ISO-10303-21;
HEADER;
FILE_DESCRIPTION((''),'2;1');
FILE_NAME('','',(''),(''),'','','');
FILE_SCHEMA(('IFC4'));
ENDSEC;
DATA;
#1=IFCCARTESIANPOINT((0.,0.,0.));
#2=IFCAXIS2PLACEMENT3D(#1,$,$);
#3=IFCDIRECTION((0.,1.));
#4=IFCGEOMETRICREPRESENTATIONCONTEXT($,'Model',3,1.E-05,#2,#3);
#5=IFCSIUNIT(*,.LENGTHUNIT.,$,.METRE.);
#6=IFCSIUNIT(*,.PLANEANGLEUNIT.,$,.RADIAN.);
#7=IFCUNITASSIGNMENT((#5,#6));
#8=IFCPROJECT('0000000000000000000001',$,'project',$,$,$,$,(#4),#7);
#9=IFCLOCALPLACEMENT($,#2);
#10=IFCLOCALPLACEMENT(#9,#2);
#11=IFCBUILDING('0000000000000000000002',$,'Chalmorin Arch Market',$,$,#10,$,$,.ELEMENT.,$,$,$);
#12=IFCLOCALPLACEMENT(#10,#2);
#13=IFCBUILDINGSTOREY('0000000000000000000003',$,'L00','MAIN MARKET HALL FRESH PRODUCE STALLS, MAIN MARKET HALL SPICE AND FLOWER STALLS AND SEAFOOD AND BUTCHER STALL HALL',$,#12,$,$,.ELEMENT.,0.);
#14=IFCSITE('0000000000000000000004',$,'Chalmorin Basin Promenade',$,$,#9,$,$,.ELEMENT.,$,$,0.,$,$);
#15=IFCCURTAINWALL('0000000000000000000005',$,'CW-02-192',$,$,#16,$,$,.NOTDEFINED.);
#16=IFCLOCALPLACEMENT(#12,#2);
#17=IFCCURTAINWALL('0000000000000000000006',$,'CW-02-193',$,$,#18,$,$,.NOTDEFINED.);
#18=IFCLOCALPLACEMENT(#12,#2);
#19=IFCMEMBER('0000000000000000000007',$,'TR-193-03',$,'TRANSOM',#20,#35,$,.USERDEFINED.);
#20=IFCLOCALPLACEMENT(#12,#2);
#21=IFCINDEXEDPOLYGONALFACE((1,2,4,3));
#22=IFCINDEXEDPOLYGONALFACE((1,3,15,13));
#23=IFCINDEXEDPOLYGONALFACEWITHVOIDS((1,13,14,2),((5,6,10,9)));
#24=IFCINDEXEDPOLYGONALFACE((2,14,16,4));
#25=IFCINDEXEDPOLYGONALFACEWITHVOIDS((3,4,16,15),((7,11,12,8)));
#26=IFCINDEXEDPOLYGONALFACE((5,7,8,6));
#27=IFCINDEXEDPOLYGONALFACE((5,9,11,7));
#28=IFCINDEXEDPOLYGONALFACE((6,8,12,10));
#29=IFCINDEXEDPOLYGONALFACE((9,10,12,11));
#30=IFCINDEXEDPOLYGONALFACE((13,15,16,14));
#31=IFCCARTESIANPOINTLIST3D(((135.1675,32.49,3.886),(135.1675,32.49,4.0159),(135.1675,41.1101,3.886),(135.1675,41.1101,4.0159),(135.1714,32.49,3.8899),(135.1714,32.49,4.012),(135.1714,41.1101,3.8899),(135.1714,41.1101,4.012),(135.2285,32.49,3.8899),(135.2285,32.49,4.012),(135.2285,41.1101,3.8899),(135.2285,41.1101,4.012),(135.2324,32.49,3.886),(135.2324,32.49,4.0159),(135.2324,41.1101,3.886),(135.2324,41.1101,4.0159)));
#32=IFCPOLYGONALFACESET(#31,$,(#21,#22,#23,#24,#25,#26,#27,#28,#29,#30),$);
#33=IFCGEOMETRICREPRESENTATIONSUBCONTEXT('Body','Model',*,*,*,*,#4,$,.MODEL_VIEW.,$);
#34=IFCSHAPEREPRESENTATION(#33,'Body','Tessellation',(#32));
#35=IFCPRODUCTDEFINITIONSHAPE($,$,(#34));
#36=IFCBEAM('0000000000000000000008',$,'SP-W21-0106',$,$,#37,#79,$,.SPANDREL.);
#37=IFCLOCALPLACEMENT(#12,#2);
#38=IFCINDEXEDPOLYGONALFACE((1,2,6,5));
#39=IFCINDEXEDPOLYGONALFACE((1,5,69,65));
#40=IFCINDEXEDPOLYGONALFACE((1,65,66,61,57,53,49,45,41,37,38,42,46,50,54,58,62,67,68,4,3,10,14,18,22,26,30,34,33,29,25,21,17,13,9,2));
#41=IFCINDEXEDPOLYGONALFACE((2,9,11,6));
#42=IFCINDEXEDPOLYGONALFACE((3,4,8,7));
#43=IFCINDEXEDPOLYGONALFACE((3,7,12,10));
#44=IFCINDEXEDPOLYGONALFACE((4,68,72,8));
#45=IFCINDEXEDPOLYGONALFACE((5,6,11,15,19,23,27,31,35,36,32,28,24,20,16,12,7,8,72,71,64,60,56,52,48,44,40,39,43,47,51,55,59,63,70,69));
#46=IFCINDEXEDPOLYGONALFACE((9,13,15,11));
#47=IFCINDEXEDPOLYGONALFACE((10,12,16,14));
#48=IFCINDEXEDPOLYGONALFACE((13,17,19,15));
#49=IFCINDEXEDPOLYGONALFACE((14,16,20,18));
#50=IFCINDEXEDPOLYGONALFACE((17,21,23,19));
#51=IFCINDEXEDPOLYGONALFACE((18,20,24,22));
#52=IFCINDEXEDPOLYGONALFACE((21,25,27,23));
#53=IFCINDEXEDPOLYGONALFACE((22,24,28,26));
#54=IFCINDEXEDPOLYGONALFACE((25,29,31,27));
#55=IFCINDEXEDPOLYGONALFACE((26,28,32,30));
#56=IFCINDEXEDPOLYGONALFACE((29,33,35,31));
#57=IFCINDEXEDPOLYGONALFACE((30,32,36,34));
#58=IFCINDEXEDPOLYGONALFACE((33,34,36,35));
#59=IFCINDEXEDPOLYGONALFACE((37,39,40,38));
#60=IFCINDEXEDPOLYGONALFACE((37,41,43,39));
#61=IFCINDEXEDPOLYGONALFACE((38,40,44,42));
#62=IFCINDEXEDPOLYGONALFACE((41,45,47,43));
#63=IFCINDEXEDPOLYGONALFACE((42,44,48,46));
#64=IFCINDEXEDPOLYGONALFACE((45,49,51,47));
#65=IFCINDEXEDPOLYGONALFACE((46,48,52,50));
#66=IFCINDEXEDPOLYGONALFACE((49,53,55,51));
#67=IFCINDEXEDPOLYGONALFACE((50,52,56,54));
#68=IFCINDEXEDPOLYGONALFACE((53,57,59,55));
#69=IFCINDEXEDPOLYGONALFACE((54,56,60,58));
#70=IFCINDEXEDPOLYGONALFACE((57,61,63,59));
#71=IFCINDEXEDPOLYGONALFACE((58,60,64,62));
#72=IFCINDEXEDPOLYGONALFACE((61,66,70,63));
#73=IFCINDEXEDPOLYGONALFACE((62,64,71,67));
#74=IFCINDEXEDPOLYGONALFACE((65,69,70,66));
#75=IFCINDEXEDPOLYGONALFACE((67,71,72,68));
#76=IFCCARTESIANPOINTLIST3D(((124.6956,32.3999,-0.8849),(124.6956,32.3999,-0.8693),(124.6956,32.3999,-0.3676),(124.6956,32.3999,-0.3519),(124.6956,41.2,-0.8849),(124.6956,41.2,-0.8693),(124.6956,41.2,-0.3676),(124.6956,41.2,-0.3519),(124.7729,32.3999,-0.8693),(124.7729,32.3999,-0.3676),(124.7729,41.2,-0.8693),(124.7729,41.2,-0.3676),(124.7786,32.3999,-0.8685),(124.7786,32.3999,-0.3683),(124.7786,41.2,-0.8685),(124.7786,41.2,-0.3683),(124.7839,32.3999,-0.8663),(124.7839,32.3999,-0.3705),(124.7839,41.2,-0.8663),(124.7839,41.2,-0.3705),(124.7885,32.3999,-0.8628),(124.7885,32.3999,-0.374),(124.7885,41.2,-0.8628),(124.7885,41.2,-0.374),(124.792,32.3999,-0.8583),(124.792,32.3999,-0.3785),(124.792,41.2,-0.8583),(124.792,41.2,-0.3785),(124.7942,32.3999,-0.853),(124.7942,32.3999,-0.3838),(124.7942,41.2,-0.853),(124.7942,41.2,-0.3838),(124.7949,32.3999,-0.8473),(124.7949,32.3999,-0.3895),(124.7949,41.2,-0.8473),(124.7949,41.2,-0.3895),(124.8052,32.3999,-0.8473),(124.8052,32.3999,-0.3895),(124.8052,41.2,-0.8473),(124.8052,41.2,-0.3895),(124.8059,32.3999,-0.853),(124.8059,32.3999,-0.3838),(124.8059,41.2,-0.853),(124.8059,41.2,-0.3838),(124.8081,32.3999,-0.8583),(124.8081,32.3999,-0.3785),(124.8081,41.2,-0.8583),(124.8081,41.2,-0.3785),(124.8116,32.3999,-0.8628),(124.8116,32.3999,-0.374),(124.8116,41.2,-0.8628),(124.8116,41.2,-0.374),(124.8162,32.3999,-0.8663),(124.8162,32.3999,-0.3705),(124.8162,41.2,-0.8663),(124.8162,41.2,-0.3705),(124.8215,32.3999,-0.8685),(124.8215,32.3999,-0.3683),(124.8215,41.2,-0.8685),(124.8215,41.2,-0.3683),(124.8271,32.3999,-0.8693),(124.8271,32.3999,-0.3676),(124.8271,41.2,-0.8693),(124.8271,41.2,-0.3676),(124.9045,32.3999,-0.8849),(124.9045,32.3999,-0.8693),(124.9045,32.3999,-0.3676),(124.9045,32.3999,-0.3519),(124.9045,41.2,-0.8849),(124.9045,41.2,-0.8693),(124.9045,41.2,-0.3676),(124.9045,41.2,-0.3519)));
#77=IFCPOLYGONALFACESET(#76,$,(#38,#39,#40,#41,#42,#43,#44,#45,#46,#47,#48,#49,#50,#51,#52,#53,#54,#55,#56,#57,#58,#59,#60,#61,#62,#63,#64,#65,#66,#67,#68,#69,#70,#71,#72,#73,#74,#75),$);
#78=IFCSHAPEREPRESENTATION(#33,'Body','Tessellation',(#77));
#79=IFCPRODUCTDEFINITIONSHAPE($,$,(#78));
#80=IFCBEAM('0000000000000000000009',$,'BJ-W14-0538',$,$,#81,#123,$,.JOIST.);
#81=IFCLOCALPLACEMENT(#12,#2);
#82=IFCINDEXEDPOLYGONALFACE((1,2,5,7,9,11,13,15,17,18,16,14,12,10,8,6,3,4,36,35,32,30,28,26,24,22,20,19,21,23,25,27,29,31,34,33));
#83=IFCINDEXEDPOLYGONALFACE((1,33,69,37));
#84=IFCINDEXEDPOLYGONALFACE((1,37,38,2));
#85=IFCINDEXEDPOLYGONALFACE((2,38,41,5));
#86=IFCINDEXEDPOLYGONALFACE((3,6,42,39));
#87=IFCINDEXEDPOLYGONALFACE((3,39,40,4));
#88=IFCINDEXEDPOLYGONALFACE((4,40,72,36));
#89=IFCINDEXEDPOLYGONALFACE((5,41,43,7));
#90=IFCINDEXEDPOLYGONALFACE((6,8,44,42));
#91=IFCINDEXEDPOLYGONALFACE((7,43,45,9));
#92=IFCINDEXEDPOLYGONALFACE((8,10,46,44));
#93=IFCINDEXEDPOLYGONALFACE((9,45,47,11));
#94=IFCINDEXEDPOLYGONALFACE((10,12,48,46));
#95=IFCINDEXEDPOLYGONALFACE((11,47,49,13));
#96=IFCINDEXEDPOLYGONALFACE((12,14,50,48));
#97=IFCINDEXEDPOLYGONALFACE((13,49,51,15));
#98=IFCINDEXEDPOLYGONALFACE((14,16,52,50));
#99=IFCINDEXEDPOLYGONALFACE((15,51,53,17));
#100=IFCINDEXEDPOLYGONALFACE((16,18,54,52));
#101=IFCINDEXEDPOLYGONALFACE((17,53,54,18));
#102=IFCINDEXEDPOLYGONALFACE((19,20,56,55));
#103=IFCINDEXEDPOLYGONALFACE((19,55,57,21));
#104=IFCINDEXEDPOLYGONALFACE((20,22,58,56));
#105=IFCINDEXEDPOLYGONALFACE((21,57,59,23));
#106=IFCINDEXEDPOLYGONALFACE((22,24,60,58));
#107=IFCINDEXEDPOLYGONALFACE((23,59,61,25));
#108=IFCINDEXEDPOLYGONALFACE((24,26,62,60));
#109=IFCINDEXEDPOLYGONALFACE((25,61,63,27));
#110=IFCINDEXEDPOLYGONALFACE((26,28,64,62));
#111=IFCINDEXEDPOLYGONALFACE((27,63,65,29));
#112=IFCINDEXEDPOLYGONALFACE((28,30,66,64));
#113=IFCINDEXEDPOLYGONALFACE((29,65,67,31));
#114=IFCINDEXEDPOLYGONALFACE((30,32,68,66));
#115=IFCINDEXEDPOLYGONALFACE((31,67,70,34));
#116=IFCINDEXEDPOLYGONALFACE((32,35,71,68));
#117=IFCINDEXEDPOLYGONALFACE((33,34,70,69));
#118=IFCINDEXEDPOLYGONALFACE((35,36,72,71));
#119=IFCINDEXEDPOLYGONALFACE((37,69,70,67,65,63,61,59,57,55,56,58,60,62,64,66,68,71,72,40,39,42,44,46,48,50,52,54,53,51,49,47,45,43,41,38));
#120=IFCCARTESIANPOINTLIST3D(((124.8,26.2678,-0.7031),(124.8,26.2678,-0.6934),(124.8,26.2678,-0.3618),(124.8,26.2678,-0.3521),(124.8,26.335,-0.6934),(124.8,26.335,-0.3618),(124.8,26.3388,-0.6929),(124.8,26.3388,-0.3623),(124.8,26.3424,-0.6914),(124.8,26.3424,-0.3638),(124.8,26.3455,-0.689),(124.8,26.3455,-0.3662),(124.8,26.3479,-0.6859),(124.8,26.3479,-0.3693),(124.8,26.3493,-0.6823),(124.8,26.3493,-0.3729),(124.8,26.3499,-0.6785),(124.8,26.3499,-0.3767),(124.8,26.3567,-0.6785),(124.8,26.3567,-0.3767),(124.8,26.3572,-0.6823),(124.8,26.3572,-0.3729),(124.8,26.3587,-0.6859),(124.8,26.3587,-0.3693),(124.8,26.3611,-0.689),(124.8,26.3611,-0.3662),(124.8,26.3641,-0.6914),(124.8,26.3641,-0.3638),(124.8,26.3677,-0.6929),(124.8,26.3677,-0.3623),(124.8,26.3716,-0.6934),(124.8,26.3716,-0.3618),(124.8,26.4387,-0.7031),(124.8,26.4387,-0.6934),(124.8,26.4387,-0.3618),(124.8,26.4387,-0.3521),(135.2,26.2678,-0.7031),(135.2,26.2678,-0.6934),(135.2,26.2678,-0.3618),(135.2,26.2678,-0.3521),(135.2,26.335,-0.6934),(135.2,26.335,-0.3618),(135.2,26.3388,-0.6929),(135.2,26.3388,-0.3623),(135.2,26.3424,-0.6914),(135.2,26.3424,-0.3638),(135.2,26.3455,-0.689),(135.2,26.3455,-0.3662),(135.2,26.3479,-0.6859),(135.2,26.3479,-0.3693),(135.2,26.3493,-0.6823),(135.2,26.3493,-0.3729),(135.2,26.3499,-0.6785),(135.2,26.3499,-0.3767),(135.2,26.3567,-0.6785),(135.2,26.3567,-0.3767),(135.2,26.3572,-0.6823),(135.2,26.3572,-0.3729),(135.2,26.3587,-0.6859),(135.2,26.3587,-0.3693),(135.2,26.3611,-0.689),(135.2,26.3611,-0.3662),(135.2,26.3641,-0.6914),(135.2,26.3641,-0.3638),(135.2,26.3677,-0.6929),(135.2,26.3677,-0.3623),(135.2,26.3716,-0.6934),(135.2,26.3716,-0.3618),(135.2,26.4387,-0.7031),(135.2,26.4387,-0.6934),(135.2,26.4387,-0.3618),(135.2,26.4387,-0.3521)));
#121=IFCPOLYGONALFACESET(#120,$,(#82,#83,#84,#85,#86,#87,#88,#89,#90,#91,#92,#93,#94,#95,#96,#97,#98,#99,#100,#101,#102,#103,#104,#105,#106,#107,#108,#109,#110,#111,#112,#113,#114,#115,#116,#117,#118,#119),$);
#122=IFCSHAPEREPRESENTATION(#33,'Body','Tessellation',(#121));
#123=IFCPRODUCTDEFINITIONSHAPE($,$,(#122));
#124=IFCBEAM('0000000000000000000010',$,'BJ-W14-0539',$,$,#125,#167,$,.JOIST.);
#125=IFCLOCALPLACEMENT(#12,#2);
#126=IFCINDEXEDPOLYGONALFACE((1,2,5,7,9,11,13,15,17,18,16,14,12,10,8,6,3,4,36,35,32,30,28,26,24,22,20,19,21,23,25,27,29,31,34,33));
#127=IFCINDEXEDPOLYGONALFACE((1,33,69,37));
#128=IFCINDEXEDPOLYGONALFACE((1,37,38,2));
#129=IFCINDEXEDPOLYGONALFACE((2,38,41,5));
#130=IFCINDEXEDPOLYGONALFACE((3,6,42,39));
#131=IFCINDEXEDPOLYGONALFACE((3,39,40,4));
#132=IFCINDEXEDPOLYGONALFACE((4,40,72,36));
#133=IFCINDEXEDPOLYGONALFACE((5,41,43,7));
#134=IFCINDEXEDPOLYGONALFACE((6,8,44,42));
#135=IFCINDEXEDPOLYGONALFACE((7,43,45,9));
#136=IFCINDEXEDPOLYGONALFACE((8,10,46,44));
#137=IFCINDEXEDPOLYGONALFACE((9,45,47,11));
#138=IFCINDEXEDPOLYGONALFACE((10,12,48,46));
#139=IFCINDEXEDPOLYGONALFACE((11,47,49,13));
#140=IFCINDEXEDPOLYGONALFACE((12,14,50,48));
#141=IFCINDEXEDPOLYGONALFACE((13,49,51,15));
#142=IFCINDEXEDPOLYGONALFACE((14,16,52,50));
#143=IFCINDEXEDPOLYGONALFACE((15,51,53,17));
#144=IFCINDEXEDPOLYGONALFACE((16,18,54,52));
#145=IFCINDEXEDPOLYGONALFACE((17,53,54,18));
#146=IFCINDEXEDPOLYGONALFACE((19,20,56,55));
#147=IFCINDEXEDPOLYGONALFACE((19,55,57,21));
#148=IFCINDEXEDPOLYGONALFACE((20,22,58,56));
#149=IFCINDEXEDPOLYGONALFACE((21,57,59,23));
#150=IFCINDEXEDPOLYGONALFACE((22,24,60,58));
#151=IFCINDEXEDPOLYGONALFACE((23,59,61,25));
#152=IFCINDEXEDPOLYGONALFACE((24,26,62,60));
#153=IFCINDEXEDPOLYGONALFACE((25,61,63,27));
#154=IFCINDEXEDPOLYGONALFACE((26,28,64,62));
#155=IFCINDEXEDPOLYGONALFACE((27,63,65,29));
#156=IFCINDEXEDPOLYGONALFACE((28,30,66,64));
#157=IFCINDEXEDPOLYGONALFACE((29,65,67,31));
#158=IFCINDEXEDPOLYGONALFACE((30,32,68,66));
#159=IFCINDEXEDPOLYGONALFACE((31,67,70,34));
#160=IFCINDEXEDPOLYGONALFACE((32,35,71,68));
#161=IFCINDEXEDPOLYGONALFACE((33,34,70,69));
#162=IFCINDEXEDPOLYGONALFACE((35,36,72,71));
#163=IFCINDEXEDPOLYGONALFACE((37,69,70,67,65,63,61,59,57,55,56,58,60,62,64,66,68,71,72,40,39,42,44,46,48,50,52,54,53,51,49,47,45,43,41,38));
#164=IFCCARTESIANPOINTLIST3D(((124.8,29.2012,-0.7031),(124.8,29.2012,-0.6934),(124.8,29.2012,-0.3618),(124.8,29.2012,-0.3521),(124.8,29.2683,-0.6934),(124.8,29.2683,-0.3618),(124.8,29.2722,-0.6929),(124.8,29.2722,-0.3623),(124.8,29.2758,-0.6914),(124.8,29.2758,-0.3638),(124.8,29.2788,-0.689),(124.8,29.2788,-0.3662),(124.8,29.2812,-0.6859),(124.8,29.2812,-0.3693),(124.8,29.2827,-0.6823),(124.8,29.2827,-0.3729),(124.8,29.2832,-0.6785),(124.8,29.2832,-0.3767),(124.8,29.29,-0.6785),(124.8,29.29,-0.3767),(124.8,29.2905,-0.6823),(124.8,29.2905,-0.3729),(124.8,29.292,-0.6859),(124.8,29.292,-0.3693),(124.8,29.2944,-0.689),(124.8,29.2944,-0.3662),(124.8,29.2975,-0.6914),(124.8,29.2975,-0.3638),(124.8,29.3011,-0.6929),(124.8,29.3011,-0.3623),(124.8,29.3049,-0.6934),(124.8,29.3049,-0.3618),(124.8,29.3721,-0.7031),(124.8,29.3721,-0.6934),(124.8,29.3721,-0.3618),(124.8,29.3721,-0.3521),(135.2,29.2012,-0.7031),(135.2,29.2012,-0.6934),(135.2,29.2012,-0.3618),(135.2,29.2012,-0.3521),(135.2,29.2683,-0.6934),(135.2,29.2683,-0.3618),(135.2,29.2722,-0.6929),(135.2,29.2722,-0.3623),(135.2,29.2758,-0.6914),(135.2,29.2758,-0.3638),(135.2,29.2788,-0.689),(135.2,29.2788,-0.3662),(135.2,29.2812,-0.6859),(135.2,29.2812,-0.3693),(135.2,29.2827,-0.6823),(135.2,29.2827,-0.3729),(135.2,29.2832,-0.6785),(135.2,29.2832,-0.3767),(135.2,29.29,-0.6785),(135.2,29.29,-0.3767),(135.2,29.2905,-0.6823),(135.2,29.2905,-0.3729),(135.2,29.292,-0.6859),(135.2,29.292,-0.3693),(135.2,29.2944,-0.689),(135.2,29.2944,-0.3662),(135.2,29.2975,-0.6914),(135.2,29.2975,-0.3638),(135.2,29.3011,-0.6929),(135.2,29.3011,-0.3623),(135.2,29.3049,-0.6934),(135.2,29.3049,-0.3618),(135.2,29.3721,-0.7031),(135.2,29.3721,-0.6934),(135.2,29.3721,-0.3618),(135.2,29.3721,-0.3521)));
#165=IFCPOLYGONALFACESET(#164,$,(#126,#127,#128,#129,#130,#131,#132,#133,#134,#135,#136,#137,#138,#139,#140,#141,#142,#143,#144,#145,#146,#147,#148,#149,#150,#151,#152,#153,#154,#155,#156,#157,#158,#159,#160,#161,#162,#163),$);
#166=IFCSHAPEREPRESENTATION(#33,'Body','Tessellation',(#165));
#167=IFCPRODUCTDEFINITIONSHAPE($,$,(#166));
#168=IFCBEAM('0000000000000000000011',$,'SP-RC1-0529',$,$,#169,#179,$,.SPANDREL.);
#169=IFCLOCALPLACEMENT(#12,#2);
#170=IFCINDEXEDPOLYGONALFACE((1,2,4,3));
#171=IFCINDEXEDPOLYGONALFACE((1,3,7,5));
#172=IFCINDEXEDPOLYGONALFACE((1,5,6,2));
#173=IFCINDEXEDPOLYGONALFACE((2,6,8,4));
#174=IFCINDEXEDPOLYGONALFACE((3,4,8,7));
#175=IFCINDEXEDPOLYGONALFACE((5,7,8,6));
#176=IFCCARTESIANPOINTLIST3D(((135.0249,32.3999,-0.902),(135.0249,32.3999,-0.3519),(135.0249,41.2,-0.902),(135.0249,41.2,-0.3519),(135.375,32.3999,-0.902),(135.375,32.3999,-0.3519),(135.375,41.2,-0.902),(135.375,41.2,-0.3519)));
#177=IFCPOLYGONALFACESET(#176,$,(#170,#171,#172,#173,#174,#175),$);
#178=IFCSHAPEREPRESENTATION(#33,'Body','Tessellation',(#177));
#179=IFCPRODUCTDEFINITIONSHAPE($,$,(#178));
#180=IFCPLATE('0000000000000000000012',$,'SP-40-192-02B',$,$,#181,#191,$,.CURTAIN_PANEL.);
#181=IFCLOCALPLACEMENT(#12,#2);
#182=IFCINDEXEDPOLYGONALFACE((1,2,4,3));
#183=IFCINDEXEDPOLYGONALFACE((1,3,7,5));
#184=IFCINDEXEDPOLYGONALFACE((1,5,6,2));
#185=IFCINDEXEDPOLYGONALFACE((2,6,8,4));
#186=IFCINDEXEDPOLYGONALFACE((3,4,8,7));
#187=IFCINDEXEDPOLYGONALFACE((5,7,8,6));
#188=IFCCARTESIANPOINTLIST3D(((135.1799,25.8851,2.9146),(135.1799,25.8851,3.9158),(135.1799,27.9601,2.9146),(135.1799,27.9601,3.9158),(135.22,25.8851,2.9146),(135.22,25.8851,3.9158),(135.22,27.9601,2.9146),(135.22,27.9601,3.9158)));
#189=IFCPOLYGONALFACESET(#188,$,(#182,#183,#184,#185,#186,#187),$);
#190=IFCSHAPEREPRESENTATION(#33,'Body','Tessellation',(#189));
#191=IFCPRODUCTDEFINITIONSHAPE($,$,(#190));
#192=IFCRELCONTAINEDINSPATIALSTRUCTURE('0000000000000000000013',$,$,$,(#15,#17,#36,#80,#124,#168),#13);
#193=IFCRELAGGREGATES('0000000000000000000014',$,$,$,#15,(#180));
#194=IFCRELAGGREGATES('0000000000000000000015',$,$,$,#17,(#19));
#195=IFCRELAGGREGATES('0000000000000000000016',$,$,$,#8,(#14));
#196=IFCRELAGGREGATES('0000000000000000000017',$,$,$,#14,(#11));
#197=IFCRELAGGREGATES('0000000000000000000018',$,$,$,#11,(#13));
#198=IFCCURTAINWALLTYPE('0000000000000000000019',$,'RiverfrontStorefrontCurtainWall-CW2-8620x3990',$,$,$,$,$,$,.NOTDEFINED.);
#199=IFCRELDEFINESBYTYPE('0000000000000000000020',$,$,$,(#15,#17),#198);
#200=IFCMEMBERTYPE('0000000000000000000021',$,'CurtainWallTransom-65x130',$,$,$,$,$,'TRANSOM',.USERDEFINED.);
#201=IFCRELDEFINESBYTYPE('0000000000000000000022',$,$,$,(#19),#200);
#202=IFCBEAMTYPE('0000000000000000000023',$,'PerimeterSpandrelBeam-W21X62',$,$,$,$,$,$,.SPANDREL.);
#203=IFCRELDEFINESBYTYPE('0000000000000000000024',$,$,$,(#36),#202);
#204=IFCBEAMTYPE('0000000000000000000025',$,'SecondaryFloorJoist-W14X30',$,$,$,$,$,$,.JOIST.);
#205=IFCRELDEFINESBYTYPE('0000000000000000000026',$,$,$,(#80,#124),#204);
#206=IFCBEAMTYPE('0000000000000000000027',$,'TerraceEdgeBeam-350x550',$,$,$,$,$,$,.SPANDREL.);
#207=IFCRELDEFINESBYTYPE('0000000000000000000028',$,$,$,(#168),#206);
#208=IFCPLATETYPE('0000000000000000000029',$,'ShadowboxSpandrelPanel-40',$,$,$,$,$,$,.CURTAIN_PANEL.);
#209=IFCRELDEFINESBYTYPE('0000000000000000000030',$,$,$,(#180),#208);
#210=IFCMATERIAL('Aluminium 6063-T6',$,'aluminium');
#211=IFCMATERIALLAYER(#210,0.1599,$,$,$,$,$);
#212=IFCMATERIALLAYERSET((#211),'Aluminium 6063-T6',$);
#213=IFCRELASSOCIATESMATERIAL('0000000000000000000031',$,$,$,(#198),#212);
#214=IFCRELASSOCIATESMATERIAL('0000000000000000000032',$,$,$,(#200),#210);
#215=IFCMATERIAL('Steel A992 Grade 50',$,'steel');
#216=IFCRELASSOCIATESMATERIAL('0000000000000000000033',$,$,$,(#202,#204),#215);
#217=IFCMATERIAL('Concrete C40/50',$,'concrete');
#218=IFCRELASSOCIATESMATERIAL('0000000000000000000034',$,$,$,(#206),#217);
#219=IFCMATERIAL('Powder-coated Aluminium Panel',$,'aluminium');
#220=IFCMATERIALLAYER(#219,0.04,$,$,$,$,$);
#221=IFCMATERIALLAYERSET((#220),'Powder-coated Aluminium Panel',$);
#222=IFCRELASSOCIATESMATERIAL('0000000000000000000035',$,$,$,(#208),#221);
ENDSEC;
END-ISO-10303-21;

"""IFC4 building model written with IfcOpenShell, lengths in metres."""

from ifc_helpers import new_model, si_unit, direction, frame, origin, origin_2d, place, context, subcontext, project, spatial, rectangle, hollow_rectangle, i_section, extrude, material, layer, layer_set, material_profile, profile_set, type_object, element, aggregate, save


model = new_model("IFC4")

# Units and contexts
model_context = context("Model", 3, precision=1e-05, world=origin(), true_north=direction((0.0, 1.0)))
body_context = subcontext(model_context, "Body", "Model", "MODEL_VIEW")
ifc_project = project(units=[si_unit("LENGTHUNIT", "METRE"), si_unit("PLANEANGLEUNIT", "RADIAN")], contexts=[model_context])

# Site, building, storey
site_placement = place(None, origin())
site = spatial("IfcSite", under=ifc_project, at=site_placement, Name="Chalmorin Basin Promenade", CompositionType="ELEMENT", RefElevation=0.0)
building_placement = place(site_placement, origin())
building = spatial("IfcBuilding", under=site, at=building_placement, Name="Chalmorin Arch Market", CompositionType="ELEMENT")
storey_placement = place(building_placement, origin())
storey = spatial("IfcBuildingStorey", under=building, at=storey_placement, Name="L00", Description="MAIN MARKET HALL FRESH PRODUCE STALLS, MAIN MARKET HALL SPICE AND FLOWER STALLS AND SEAFOOD AND BUTCHER STALL HALL", CompositionType="ELEMENT", Elevation=0.0)

# Shared definitions
ifc_material_1 = material(Name="Steel A992 Grade 50", Category="steel")

# Shared definitions
ifc_material_2 = material(Name="Concrete C40/50", Category="concrete")

# Curtain walls, member
ifc_material_3 = material(Name="Aluminium 6063-T6", Category="aluminium")
ifc_layer_1 = layer(ifc_material_3, 0.1599)
ifc_layer_set_1 = layer_set([ifc_layer_1], Name="Aluminium 6063-T6")
curtain_wall_type = type_object("IfcCurtainWallType", Name="RiverfrontStorefrontCurtainWall-CW2-8620x3990", PredefinedType="NOTDEFINED", material=ifc_layer_set_1)
curtain_wall_1_placement = place(storey_placement, origin())
curtain_wall_1 = element("IfcCurtainWall", 1, at=curtain_wall_1_placement, inside=storey, type_object=curtain_wall_type, Name="CW-02-192", PredefinedType="NOTDEFINED")
curtain_wall_2_placement = place(storey_placement, origin())
curtain_wall_2 = element("IfcCurtainWall", 2, at=curtain_wall_2_placement, inside=storey, type_object=curtain_wall_type, Name="CW-02-193", PredefinedType="NOTDEFINED")
ifc_material_profile_1 = material_profile(ifc_material_3, hollow_rectangle(XDim=0.0649, YDim=0.1299, WallThickness=0.0039, at=origin_2d()), Name="ALU65X130X4")
ifc_profile_set_1 = profile_set([ifc_material_profile_1], Name="Aluminium 6063-T6")
member_type_1 = type_object("IfcMemberType", Name="CurtainWallTransom-65x130", ElementType="TRANSOM", PredefinedType="USERDEFINED", material=ifc_profile_set_1)
member_1_placement = place(storey_placement, frame((135.2, 32.49, 3.9509), z_axis=(0.0, 1.0, 0.0), x_axis=(-1.0, 0.0, 0.0)))
member_1 = element("IfcMember", 3, at=member_1_placement, type_object=member_type_1, Name="TR-193-03", ObjectType="TRANSOM", PredefinedType="USERDEFINED", context=body_context, shape_type="SweptSolid", body=[
    extrude(hollow_rectangle(XDim=0.0649, YDim=0.1299, WallThickness=0.0039, at=origin_2d()), origin(), (0.0, 0.0, 1.0), 8.6201),
])

# Beams
ifc_material_profile_2 = material_profile(ifc_material_1, i_section(OverallWidth=0.209, OverallDepth=0.533, WebThickness=0.0103, FlangeThickness=0.0156, FilletRadius=0.022, at=origin_2d()), Name="W21X62")
ifc_profile_set_2 = profile_set([ifc_material_profile_2], Name="Steel A992 Grade 50")
beam_type_1 = type_object("IfcBeamType", Name="PerimeterSpandrelBeam-W21X62", PredefinedType="SPANDREL", material=ifc_profile_set_2)
beam_1_placement = place(storey_placement, frame((124.8, 32.3999, -0.6184), z_axis=(0.0, 1.0, 0.0), x_axis=(-1.0, 0.0, 0.0)))
element("IfcBeam", 4, at=beam_1_placement, inside=storey, type_object=beam_type_1, Name="SP-W21-0106", PredefinedType="SPANDREL", context=body_context, shape_type="SweptSolid", body=[
    extrude(i_section(OverallWidth=0.209, OverallDepth=0.533, WebThickness=0.0103, FlangeThickness=0.0156, FilletRadius=0.022, at=origin_2d()), origin(), (0.0, 0.0, 1.0), 8.8),
])
ifc_material_profile_3 = material_profile(ifc_material_1, i_section(OverallWidth=0.1709, OverallDepth=0.3511, WebThickness=0.0068, FlangeThickness=0.0098, FilletRadius=0.0149, at=origin_2d()), Name="W14X30")
ifc_profile_set_3 = profile_set([ifc_material_profile_3], Name="Steel A992 Grade 50")
beam_type_2 = type_object("IfcBeamType", Name="SecondaryFloorJoist-W14X30", PredefinedType="JOIST", material=ifc_profile_set_3)
for number, where, z_axis, x_axis, name in (
    (5, (124.8, 26.3533, -0.5276), (1.0, 0.0, 0.0), (0.0, 1.0, 0.0), "BJ-W14-0538"),
    (6, (124.8, 29.2866, -0.5276), (1.0, 0.0, 0.0), (0.0, 1.0, 0.0), "BJ-W14-0539"),
):
    element("IfcBeam", number, at=place(storey_placement, frame(where, z_axis=z_axis, x_axis=x_axis)), inside=storey, type_object=beam_type_2, Name=name, PredefinedType="JOIST", context=body_context, shape_type="SweptSolid", body=[
        extrude(i_section(OverallWidth=0.1709, OverallDepth=0.3511, WebThickness=0.0068, FlangeThickness=0.0098, FilletRadius=0.0149, at=origin_2d()), origin(), (0.0, 0.0, 1.0), 10.3999),
    ])
ifc_material_profile_4 = material_profile(ifc_material_2, rectangle(XDim=0.3501, YDim=0.55, at=origin_2d()), Name="RC350X550")
ifc_profile_set_4 = profile_set([ifc_material_profile_4], Name="Concrete C40/50")
beam_type_3 = type_object("IfcBeamType", Name="TerraceEdgeBeam-350x550", PredefinedType="SPANDREL", material=ifc_profile_set_4)
beam_2_placement = place(storey_placement, frame((135.2, 32.3999, -0.627), z_axis=(0.0, 1.0, 0.0), x_axis=(-1.0, 0.0, 0.0)))
element("IfcBeam", 7, at=beam_2_placement, inside=storey, type_object=beam_type_3, Name="SP-RC1-0529", PredefinedType="SPANDREL", context=body_context, shape_type="SweptSolid", body=[
    extrude(rectangle(XDim=0.3501, YDim=0.55, at=origin_2d()), origin(), (0.0, 0.0, 1.0), 8.8),
])

# Plate
ifc_material_4 = material(Name="Powder-coated Aluminium Panel", Category="aluminium")
ifc_layer_2 = layer(ifc_material_4, 0.04)
ifc_layer_set_2 = layer_set([ifc_layer_2], Name="Powder-coated Aluminium Panel")
plate_type_1 = type_object("IfcPlateType", Name="ShadowboxSpandrelPanel-40", PredefinedType="CURTAIN_PANEL", material=ifc_layer_set_2)
plate_1_placement = place(storey_placement, frame((135.2, 26.9226, 2.9146), z_axis=(0.0, 0.0, 1.0), x_axis=(0.0, 1.0, 0.0)))
plate_1 = element("IfcPlate", 8, at=plate_1_placement, type_object=plate_type_1, Name="SP-40-192-02B", PredefinedType="CURTAIN_PANEL", context=body_context, shape_type="SweptSolid", body=[
    extrude(rectangle(XDim=2.075, YDim=0.04, at=origin_2d()), origin(), (0.0, 0.0, 1.0), 1.0012),
])
aggregate(curtain_wall_1, [plate_1])
aggregate(curtain_wall_2, [member_1])

save(model, "model.ifc")
